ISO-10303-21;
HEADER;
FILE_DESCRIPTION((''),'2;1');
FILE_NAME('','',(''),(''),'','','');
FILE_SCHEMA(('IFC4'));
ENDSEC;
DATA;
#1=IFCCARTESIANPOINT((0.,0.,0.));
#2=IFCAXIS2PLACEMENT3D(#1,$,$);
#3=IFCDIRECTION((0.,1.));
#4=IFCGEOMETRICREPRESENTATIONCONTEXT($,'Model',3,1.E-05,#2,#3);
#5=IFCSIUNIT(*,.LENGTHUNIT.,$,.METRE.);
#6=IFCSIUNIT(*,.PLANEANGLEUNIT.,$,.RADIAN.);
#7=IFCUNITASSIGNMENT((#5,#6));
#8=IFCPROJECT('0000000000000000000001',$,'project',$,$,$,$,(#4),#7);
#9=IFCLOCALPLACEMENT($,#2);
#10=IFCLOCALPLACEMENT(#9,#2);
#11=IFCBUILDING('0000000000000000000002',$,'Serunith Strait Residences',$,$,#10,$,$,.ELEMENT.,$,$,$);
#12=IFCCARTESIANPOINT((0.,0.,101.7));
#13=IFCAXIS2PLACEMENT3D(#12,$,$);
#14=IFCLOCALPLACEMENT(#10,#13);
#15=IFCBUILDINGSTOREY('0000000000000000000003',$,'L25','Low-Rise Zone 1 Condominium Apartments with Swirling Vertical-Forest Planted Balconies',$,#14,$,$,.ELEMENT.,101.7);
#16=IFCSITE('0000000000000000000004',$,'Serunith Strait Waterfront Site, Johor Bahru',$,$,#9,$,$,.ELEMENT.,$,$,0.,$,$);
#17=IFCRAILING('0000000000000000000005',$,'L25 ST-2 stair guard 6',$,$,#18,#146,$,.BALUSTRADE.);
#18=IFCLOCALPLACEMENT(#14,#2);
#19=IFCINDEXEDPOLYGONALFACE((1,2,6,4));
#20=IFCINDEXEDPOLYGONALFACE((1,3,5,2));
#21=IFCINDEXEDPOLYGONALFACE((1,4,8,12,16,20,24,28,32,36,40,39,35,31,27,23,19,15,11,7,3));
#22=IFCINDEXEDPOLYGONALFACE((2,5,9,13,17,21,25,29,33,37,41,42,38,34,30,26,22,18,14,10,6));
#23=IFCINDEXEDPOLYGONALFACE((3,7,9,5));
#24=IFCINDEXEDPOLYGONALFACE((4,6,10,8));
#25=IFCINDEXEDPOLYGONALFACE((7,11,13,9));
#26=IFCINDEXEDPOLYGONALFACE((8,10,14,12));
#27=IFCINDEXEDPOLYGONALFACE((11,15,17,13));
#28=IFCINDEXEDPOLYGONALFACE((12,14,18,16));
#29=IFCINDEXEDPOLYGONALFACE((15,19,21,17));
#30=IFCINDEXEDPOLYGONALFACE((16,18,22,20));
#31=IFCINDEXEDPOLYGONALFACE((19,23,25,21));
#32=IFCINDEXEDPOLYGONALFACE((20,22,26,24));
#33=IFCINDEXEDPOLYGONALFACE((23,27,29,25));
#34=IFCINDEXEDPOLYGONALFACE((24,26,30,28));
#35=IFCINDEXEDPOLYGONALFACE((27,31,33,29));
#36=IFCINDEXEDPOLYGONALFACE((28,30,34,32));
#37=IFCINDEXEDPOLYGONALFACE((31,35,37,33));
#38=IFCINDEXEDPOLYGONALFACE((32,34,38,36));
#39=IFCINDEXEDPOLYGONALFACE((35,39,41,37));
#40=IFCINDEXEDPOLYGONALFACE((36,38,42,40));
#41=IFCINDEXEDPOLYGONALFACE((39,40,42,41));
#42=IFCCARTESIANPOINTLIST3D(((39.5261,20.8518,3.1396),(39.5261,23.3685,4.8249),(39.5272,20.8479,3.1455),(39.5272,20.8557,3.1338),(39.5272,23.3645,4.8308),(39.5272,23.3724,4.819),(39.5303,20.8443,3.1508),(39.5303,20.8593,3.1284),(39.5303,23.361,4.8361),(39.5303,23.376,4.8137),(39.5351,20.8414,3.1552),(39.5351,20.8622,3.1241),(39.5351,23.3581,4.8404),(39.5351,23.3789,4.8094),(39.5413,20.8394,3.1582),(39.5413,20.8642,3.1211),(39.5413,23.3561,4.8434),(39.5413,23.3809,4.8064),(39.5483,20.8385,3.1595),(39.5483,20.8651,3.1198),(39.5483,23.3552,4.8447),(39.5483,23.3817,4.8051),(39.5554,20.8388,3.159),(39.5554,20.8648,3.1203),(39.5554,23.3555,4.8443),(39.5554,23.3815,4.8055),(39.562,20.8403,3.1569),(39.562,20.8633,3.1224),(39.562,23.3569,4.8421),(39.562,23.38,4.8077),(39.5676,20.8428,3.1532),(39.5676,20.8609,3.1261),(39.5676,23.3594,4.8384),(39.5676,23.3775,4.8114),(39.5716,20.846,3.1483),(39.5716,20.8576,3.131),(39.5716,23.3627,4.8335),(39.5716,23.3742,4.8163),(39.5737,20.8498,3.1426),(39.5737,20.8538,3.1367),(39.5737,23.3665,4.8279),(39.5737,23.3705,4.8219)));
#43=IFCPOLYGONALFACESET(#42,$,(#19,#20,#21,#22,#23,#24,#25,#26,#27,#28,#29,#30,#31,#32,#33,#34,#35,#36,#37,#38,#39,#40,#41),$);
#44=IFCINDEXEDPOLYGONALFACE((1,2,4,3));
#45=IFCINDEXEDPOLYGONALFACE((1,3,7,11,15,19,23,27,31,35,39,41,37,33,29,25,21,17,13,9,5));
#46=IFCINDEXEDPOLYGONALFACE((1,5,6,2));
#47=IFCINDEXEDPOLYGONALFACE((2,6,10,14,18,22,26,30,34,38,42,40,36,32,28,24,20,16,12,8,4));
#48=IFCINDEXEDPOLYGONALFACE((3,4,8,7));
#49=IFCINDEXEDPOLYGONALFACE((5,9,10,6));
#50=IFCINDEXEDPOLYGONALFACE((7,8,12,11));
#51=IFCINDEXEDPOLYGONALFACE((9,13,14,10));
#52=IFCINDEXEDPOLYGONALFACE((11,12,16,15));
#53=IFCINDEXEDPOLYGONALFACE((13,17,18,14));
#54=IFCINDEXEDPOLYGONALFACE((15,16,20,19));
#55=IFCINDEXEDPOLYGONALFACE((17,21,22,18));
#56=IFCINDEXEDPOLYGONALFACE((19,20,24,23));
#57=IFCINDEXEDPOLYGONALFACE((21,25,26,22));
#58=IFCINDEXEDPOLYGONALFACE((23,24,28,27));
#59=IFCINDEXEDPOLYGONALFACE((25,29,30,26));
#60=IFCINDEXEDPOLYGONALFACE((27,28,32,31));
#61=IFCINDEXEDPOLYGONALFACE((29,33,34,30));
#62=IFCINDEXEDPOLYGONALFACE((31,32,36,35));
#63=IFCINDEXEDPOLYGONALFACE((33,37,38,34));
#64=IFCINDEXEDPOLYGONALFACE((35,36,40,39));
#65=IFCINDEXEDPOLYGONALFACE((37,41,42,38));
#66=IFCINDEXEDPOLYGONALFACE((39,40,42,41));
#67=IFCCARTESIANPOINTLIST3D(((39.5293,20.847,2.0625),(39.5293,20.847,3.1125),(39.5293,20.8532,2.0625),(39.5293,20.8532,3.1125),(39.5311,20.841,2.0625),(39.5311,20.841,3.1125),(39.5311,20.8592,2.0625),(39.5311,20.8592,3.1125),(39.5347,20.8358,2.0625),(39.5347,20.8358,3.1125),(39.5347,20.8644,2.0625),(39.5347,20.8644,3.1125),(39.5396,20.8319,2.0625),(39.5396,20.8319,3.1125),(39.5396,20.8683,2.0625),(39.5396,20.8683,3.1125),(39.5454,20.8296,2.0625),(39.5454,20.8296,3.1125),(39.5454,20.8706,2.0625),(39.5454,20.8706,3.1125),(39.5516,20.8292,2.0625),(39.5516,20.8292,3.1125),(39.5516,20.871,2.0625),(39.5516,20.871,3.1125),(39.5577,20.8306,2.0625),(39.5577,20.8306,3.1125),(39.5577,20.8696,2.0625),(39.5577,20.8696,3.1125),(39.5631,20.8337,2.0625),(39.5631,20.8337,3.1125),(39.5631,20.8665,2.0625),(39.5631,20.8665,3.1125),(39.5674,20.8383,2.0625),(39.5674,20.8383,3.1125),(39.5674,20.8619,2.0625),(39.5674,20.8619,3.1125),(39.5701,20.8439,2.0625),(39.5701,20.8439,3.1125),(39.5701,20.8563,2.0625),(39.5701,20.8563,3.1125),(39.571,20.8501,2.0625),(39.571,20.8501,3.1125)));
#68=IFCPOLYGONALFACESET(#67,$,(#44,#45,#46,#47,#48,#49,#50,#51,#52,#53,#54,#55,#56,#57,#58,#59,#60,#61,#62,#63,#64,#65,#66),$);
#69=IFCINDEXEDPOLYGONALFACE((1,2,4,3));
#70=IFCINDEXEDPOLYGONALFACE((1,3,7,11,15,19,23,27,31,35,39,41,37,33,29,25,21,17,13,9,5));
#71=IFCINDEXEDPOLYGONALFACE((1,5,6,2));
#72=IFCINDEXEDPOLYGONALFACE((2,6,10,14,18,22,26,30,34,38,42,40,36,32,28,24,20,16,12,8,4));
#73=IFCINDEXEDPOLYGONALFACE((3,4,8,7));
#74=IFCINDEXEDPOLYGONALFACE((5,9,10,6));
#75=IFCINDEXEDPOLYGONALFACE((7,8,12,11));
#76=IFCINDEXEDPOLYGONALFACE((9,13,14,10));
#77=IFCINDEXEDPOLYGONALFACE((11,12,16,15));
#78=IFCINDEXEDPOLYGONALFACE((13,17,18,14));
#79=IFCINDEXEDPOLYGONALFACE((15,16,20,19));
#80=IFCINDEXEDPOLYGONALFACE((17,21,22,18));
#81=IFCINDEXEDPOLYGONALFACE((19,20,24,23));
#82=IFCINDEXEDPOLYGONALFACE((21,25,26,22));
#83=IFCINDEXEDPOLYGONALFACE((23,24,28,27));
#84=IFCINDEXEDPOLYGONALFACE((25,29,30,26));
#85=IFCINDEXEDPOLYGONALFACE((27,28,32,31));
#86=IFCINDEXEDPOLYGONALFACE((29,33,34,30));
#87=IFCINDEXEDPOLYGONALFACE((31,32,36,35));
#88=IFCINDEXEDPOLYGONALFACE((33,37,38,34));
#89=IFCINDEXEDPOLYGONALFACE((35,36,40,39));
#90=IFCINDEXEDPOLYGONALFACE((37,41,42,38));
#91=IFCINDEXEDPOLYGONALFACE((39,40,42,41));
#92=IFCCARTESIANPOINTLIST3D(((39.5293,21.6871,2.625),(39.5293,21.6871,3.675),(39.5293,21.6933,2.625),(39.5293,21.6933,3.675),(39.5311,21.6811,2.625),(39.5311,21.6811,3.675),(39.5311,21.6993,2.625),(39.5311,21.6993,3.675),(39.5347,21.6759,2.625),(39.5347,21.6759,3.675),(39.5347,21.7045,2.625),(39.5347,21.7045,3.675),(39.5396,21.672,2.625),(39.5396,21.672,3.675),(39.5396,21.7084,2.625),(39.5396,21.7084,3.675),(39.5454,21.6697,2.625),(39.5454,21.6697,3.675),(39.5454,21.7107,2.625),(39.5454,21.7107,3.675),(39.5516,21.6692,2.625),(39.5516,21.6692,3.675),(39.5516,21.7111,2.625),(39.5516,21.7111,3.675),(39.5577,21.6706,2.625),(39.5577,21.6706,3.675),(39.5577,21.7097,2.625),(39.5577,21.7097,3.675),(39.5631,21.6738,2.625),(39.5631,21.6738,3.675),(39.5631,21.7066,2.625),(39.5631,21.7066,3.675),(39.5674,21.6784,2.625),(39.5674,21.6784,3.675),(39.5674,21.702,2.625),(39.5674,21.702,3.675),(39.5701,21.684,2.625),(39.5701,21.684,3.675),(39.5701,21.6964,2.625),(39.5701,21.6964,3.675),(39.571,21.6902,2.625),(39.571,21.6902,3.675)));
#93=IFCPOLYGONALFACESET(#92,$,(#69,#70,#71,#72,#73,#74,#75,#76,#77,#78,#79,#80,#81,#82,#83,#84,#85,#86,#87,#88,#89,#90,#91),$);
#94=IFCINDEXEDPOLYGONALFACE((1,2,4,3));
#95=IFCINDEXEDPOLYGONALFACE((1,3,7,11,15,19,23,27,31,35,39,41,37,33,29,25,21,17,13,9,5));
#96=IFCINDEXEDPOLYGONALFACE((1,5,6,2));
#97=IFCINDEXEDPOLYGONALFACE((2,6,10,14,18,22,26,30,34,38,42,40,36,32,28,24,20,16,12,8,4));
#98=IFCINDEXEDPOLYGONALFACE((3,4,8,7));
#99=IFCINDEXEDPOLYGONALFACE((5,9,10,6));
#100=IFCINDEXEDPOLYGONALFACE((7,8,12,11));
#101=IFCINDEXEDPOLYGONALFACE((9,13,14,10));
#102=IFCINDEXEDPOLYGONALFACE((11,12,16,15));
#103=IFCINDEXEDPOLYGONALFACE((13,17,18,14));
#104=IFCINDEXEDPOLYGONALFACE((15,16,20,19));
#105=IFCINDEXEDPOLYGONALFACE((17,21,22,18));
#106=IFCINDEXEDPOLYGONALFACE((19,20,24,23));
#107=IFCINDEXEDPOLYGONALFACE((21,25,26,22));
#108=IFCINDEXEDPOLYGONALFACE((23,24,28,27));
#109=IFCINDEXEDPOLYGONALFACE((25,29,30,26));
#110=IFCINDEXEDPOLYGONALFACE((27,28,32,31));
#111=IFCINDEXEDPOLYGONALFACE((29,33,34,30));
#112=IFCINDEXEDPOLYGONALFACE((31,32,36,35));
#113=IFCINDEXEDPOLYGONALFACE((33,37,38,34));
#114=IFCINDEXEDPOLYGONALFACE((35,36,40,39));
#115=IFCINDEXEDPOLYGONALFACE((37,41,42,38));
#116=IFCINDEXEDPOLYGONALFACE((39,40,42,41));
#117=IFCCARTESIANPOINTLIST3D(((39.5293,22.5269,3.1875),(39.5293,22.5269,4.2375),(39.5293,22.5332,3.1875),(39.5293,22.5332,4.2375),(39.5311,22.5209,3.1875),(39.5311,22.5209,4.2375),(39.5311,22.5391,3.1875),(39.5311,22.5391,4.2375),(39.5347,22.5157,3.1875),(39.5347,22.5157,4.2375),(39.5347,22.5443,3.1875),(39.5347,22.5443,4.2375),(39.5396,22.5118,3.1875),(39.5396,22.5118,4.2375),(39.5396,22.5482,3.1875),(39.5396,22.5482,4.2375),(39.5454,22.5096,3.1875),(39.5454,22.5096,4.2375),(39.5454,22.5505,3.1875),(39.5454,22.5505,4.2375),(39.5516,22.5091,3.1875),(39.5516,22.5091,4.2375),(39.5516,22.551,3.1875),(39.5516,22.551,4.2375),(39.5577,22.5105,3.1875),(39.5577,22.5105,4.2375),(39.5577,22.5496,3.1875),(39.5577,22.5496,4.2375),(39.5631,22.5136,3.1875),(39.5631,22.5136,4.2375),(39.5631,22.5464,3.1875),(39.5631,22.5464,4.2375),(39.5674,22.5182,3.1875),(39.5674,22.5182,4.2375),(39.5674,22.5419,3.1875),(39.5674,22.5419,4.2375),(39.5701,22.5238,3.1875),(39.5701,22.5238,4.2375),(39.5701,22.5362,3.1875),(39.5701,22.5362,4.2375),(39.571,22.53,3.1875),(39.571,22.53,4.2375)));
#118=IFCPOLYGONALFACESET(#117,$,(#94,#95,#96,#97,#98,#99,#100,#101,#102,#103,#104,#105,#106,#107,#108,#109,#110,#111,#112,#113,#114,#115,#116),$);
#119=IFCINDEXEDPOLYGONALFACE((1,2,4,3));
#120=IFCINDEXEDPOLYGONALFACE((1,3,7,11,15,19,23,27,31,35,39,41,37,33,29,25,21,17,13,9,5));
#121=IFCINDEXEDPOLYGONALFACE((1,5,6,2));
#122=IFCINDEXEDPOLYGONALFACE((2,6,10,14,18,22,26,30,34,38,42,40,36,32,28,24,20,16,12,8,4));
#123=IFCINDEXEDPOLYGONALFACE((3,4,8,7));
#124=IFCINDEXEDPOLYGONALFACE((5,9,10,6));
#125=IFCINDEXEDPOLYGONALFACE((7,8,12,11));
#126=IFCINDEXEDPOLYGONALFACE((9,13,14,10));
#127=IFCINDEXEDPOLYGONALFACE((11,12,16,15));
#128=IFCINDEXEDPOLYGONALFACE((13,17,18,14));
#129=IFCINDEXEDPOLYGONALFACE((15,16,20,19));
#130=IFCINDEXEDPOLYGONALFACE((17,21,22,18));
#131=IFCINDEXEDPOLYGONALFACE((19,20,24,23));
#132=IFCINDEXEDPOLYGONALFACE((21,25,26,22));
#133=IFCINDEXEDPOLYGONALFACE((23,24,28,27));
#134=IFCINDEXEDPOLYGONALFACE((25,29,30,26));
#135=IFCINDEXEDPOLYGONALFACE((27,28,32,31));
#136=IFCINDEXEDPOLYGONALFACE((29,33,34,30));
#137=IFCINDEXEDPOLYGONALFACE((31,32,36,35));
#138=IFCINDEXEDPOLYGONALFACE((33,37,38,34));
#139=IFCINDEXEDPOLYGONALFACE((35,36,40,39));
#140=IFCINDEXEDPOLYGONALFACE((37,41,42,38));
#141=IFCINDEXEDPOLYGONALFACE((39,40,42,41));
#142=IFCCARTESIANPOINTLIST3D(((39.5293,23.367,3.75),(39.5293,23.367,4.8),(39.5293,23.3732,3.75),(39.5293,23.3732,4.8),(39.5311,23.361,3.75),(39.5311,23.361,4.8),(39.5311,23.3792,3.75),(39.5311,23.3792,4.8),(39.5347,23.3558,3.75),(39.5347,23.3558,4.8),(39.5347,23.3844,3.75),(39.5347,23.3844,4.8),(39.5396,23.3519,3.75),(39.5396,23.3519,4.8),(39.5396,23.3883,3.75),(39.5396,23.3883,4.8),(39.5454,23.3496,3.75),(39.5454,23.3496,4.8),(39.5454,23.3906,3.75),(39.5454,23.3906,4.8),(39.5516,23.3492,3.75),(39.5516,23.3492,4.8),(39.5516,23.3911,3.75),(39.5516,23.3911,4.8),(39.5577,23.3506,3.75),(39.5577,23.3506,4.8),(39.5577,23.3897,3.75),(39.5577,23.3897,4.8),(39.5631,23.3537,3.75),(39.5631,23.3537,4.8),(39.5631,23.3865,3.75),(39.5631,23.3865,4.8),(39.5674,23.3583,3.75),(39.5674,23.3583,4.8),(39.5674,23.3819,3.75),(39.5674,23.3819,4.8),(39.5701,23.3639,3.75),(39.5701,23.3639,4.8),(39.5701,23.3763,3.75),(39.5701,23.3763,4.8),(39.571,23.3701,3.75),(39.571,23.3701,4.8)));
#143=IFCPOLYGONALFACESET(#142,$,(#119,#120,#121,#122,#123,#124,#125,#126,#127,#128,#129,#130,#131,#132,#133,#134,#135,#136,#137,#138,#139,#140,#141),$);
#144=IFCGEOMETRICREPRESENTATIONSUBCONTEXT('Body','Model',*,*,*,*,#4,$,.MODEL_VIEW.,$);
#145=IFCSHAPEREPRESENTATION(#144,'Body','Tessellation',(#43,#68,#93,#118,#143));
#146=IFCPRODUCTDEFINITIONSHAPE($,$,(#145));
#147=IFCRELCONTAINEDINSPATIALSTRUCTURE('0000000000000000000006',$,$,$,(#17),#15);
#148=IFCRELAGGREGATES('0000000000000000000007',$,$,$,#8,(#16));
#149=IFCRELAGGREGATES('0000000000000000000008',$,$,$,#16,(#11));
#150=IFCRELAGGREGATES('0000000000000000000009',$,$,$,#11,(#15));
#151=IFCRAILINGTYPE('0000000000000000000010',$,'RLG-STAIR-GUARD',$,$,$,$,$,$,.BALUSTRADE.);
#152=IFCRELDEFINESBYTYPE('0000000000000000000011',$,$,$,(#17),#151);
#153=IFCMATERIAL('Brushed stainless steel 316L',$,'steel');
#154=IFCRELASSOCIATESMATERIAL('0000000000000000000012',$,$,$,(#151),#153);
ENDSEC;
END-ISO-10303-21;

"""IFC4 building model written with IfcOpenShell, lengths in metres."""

from ifc_helpers import new_model, si_unit, direction, frame, origin, origin_2d, place, context, subcontext, project, spatial, circle, extrude, material, type_object, element, save


model = new_model("IFC4")

# Units and contexts
model_context = context("Model", 3, precision=1e-05, world=origin(), true_north=direction((0.0, 1.0)))
body_context = subcontext(model_context, "Body", "Model", "MODEL_VIEW")
ifc_project = project(units=[si_unit("LENGTHUNIT", "METRE"), si_unit("PLANEANGLEUNIT", "RADIAN")], contexts=[model_context])

# Site, building, storey
site_placement = place(None, origin())
site = spatial("IfcSite", under=ifc_project, at=site_placement, Name="Serunith Strait Waterfront Site, Johor Bahru", CompositionType="ELEMENT", RefElevation=0.0)
building_placement = place(site_placement, origin())
building = spatial("IfcBuilding", under=site, at=building_placement, Name="Serunith Strait Residences", CompositionType="ELEMENT")
storey_placement = place(building_placement, frame((0.0, 0.0, 101.7)))
storey = spatial("IfcBuildingStorey", under=building, at=storey_placement, Name="L25", Description="Low-Rise Zone 1 Condominium Apartments with Swirling Vertical-Forest Planted Balconies", CompositionType="ELEMENT", Elevation=101.7)

# Railing
ifc_material_1 = material(Name="Brushed stainless steel 316L", Category="steel")
railing_type_1 = type_object("IfcRailingType", Name="RLG-STAIR-GUARD", PredefinedType="BALUSTRADE", material=ifc_material_1)
railing_1_placement = place(storey_placement, frame((39.55, 20.8501, 2.0625)))
element("IfcRailing", 1, at=railing_1_placement, inside=storey, type_object=railing_type_1, Name="L25 ST-2 stair guard 6", PredefinedType="BALUSTRADE", context=body_context, shape_type="SweptSolid", body=[
    extrude(circle(Radius=0.0239, at=origin_2d()), frame((0.0, 0.0017, 1.0771), z_axis=(0.0, 0.830909, 0.556408), x_axis=(-1.0, 0.0, 0.0)), (0.0, 0.0, 1.0), 3.0288),
    extrude(circle(Radius=0.021, at=origin_2d()), origin(), (0.0, 0.0, 1.0), 1.05),
    extrude(circle(Radius=0.021, at=origin_2d()), frame((0.0, 0.8401, 0.5625)), (0.0, 0.0, 1.0), 1.05),
    extrude(circle(Radius=0.021, at=origin_2d()), frame((0.0, 1.6799, 1.125)), (0.0, 0.0, 1.0), 1.05),
    extrude(circle(Radius=0.021, at=origin_2d()), frame((0.0, 2.52, 1.6875)), (0.0, 0.0, 1.0), 1.05),
])

save(model, "model.ifc")
